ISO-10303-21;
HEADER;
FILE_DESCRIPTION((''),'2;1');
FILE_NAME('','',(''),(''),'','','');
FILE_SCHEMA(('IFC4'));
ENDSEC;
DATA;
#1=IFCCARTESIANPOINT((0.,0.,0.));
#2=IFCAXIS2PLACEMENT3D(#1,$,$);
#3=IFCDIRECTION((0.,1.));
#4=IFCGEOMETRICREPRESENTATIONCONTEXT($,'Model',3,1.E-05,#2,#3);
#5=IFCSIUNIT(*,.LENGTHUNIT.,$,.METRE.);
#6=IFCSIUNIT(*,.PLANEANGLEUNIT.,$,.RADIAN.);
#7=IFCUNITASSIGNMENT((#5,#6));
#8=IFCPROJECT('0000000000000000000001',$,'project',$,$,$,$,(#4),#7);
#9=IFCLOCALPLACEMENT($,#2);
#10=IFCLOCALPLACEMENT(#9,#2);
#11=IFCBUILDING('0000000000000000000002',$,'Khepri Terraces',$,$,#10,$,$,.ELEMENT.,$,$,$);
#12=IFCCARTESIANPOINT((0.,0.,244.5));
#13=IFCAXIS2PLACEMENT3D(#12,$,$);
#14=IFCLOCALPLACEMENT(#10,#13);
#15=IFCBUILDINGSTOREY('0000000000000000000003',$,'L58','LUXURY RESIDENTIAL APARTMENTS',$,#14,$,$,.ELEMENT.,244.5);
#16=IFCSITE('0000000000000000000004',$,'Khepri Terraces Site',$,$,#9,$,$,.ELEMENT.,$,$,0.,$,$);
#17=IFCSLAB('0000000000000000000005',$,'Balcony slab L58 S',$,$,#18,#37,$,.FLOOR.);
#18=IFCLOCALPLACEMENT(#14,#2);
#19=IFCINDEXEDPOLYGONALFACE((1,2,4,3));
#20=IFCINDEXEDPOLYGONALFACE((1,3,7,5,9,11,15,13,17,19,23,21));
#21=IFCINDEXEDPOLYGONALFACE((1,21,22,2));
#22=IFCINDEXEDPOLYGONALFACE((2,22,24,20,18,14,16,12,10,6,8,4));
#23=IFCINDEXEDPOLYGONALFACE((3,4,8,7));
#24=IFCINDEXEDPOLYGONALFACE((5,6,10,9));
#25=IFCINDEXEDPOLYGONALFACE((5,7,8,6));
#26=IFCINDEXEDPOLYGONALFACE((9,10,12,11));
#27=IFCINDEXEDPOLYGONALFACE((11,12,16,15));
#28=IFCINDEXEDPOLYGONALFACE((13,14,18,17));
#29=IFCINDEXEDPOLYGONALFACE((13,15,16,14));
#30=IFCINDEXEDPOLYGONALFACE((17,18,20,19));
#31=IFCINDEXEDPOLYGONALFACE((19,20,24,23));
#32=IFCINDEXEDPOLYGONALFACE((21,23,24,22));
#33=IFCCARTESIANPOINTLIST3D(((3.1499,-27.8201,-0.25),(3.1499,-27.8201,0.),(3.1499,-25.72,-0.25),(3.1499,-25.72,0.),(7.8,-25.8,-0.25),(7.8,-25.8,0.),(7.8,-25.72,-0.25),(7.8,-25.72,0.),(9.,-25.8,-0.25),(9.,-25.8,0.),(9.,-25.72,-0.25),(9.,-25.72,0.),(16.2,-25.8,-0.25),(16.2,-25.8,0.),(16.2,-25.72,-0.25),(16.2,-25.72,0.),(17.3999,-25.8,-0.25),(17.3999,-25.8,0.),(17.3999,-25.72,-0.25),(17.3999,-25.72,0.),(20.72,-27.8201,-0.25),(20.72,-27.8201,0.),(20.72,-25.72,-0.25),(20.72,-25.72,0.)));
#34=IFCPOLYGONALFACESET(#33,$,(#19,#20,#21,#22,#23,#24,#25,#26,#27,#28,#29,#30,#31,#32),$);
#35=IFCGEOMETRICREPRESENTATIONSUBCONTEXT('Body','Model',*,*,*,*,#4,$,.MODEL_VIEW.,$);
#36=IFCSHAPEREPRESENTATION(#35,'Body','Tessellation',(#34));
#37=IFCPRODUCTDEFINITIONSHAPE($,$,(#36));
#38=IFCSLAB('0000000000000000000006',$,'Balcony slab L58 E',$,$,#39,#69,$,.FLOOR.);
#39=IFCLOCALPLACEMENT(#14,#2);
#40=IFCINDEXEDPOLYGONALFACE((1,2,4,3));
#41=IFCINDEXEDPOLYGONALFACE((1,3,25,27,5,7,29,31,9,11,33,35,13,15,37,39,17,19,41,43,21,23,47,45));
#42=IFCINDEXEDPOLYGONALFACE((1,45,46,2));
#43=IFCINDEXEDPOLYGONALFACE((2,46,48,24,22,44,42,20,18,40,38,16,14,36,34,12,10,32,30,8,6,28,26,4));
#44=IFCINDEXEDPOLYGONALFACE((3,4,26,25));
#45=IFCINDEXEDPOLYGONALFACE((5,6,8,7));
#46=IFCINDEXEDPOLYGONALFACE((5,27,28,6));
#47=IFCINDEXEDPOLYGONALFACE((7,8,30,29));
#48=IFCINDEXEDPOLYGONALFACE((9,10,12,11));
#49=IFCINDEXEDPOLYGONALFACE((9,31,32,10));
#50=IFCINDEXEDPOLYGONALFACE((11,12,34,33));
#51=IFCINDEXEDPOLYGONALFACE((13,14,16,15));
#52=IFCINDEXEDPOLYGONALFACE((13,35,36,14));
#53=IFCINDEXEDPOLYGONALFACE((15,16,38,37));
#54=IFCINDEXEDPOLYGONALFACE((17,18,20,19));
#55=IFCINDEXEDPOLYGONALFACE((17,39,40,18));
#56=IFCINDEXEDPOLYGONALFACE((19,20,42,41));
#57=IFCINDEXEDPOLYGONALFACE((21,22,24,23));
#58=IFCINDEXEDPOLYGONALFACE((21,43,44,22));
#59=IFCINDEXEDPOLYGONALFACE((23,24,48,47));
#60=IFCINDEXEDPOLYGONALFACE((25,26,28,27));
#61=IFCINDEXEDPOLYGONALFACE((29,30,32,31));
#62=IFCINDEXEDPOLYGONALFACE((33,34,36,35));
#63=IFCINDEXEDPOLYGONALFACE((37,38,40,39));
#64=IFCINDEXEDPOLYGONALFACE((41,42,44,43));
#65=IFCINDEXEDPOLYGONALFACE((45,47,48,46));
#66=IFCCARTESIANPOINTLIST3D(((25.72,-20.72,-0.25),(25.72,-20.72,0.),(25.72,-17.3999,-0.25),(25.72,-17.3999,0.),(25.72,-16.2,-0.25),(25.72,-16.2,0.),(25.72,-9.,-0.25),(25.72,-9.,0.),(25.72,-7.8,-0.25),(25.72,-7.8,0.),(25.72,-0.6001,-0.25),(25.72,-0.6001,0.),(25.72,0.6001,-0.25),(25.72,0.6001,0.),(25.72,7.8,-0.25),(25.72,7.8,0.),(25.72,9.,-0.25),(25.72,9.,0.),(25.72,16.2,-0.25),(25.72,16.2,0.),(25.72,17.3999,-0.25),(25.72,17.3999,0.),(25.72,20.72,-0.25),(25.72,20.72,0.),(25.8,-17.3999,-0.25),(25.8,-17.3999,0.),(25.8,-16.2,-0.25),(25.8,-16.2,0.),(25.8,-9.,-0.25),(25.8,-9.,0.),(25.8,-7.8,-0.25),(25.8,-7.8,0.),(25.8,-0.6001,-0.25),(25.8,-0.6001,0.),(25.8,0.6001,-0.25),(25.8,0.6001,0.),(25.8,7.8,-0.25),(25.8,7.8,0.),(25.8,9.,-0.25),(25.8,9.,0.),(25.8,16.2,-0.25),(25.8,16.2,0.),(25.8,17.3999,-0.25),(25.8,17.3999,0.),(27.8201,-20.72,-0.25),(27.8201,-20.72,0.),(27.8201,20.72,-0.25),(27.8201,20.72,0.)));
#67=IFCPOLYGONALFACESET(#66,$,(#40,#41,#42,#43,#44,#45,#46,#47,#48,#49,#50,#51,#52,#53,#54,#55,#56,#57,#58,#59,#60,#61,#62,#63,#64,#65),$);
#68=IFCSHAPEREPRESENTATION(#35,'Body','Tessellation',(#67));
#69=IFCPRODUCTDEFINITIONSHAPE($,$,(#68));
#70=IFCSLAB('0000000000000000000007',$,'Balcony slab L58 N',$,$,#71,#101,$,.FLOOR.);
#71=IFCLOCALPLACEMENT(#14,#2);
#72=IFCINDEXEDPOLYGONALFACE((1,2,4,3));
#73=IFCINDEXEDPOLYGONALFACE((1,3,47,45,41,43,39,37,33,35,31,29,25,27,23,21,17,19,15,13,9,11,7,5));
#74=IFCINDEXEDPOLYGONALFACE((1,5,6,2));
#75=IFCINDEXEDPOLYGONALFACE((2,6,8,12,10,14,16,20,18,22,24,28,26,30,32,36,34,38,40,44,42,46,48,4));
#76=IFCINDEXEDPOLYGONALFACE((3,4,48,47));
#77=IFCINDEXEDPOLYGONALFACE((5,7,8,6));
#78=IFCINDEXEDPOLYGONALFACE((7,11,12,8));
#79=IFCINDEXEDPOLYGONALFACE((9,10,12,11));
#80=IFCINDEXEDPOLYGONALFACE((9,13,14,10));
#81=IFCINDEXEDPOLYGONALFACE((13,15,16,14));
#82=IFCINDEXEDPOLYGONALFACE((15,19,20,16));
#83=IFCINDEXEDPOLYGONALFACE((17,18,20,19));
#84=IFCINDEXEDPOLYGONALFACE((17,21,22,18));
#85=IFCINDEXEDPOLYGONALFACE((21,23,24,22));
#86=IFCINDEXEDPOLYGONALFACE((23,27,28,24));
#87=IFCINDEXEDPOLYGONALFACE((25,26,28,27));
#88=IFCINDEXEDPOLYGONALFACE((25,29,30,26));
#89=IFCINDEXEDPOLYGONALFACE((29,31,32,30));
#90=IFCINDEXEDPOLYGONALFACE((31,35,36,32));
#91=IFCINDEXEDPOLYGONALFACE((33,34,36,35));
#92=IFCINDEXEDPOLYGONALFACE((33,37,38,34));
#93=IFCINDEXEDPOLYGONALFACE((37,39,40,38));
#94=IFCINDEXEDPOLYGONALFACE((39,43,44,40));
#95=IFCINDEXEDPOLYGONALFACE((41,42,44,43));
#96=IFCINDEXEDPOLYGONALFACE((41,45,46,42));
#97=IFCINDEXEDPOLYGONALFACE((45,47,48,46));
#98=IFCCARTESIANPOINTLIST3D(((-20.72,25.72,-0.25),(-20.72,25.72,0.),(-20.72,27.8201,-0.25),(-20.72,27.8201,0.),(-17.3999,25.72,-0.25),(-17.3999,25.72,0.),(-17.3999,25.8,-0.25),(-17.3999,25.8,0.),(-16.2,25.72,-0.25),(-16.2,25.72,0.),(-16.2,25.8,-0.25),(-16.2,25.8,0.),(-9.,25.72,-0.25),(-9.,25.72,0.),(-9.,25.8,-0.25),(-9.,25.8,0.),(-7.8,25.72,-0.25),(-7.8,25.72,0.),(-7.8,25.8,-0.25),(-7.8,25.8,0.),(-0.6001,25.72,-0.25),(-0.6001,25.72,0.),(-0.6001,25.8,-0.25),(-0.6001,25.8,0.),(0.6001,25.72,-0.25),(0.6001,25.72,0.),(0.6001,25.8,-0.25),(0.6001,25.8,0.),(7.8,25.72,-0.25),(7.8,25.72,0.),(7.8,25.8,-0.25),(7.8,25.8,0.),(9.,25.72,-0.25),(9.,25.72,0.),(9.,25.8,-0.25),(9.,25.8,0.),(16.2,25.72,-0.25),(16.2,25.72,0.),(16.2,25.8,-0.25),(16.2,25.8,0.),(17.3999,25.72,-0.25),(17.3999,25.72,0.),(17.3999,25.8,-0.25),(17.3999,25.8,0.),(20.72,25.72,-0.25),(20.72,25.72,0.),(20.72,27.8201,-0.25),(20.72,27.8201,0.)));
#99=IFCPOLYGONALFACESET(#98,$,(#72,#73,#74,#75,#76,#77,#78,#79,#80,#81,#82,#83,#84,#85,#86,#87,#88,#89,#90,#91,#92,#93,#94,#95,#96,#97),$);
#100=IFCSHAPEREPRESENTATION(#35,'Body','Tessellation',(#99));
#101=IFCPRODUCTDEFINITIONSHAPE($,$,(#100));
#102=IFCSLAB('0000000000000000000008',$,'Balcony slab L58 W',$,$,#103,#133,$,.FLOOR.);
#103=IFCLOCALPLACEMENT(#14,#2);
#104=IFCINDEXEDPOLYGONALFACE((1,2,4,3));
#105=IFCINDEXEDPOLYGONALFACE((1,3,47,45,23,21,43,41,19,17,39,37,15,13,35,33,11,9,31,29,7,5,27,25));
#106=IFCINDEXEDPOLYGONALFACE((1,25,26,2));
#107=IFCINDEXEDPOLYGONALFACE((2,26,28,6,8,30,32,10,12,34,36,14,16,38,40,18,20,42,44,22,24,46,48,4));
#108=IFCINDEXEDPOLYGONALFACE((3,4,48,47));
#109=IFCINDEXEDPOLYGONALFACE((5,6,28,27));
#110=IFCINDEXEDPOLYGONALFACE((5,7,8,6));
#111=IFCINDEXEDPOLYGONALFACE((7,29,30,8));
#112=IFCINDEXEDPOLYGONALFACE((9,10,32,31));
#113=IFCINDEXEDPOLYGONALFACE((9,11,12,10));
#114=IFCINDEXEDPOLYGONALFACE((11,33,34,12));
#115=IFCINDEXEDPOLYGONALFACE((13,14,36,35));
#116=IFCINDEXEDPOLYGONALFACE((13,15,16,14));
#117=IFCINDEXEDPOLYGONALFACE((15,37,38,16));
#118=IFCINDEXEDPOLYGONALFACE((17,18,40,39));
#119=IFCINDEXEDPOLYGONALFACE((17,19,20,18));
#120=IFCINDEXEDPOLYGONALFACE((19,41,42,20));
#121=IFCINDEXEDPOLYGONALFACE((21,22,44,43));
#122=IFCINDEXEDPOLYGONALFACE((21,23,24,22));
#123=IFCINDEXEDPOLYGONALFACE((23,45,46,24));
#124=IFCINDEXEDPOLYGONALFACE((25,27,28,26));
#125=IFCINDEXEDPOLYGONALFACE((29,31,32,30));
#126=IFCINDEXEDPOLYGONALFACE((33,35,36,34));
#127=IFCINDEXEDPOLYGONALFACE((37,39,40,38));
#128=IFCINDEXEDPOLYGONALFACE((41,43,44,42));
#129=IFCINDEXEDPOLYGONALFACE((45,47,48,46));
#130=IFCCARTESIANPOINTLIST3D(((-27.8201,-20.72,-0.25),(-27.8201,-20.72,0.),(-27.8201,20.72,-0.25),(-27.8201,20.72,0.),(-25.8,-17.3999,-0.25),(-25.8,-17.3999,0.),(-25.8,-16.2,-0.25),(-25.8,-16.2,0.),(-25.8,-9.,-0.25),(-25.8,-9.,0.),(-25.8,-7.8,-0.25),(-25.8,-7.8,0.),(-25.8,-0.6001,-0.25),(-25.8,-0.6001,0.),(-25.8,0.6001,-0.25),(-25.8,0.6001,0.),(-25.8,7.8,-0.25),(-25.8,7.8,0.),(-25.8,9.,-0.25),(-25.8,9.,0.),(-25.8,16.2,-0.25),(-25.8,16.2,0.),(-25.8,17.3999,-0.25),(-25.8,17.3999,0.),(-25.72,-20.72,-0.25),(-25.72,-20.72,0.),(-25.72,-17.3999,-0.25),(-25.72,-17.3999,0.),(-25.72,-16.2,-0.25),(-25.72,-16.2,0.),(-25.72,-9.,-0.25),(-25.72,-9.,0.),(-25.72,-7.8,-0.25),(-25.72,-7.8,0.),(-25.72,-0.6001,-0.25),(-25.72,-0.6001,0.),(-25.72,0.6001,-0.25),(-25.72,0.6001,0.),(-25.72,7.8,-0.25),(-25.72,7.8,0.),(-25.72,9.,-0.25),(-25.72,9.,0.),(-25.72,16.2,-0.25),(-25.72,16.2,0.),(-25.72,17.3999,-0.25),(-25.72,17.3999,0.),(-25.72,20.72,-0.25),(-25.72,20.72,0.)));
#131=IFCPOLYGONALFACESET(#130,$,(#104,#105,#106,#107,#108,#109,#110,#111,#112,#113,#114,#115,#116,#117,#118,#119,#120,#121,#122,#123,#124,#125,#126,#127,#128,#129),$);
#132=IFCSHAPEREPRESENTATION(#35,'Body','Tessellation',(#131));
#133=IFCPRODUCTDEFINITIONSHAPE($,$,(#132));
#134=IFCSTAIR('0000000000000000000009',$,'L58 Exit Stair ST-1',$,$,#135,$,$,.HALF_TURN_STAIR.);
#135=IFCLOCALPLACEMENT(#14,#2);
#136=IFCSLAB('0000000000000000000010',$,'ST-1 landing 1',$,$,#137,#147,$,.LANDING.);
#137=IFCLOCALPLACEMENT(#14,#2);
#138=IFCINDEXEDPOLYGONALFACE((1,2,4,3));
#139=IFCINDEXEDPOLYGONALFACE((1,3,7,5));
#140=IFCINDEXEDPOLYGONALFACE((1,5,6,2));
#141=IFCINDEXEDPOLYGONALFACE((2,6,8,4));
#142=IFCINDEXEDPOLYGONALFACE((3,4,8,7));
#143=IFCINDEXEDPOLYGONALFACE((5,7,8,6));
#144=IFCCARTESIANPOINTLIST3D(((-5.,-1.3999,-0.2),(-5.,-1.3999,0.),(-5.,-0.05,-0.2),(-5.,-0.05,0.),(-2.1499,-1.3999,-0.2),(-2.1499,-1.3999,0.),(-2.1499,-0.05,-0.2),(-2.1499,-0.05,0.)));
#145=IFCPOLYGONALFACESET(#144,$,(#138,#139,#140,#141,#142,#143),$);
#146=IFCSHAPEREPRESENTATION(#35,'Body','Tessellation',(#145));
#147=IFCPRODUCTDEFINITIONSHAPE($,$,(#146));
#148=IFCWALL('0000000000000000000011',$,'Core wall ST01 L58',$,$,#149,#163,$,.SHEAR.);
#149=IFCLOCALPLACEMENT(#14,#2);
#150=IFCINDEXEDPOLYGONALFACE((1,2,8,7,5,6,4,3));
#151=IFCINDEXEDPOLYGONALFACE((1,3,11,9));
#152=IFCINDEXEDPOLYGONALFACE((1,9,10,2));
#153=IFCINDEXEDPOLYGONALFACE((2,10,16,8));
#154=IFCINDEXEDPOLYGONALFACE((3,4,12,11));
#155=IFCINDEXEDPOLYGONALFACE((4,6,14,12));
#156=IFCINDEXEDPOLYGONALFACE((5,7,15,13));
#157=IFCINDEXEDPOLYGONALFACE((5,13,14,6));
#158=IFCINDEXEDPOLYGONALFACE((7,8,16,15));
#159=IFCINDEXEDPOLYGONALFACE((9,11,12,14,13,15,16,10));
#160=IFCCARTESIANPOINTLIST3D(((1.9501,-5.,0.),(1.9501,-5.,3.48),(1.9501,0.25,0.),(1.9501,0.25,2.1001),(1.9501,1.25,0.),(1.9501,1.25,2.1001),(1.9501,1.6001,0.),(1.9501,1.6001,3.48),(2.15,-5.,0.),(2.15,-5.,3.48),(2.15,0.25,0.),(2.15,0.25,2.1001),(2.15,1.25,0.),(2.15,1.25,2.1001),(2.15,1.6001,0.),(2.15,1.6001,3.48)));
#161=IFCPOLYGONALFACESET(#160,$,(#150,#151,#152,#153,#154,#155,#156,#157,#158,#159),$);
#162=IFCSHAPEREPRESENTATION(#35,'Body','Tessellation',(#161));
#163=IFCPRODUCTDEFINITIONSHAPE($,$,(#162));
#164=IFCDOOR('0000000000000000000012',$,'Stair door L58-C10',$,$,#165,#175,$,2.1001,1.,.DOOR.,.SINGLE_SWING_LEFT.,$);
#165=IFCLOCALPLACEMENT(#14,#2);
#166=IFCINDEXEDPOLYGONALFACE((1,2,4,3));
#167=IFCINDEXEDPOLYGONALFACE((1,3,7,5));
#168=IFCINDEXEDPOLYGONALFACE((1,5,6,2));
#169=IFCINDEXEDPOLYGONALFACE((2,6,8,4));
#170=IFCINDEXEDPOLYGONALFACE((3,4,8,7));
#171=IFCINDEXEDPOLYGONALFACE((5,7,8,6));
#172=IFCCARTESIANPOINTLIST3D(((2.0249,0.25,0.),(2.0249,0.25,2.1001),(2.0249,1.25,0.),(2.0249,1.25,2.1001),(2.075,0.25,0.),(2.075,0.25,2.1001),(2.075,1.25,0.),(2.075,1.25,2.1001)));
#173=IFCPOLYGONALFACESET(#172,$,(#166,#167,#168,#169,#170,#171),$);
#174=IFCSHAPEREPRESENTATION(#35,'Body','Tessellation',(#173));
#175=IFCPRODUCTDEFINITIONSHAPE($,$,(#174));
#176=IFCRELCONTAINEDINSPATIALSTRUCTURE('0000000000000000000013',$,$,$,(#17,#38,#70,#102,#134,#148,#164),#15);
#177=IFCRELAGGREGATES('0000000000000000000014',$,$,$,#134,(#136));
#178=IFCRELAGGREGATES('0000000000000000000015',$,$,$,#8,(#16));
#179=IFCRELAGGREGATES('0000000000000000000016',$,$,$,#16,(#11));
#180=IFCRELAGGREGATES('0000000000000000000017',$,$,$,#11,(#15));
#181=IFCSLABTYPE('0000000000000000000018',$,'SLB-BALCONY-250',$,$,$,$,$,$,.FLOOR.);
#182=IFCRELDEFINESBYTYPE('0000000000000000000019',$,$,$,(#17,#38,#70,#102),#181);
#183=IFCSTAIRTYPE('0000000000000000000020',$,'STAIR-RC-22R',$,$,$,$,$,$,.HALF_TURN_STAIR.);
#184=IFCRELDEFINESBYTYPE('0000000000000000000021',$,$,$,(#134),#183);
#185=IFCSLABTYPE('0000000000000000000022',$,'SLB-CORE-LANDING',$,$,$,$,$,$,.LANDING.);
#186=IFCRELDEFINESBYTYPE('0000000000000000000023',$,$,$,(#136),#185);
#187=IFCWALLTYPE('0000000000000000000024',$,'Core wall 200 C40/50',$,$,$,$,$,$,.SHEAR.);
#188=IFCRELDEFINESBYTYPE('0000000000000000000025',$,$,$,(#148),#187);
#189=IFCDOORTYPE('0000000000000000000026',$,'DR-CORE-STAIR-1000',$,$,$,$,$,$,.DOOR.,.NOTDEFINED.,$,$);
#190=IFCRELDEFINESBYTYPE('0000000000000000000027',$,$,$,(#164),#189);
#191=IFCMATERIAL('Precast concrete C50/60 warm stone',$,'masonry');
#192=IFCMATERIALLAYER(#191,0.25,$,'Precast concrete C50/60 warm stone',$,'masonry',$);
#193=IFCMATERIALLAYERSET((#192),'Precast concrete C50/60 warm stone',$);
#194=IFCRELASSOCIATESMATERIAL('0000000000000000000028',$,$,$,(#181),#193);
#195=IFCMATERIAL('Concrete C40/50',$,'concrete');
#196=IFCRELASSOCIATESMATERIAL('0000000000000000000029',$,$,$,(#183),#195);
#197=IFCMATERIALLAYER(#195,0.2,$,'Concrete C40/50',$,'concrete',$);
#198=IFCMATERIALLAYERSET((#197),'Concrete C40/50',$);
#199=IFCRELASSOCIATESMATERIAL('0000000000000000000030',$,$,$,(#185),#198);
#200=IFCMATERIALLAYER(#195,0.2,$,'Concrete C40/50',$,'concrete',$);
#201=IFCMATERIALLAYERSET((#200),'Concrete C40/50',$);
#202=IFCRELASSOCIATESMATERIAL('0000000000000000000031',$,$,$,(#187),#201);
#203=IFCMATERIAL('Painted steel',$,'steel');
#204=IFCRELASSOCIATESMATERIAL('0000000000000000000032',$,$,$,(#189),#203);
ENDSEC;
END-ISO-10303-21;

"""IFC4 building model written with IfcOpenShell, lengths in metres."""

from ifc_helpers import new_model, si_unit, direction, frame, frame_2d, origin, place, context, subcontext, project, spatial, polyline, rectangle, outline, extrude, material, layer, layer_set, type_object, element, fill, aggregate, save


model = new_model("IFC4")

# Units and contexts
model_context = context("Model", 3, precision=1e-05, world=origin(), true_north=direction((0.0, 1.0)))
body_context = subcontext(model_context, "Body", "Model", "MODEL_VIEW")
ifc_project = project(units=[si_unit("LENGTHUNIT", "METRE"), si_unit("PLANEANGLEUNIT", "RADIAN")], contexts=[model_context])

# Site, building, storey
site_placement = place(None, origin())
site = spatial("IfcSite", under=ifc_project, at=site_placement, Name="Khepri Terraces Site", CompositionType="ELEMENT", RefElevation=0.0)
building_placement = place(site_placement, origin())
building = spatial("IfcBuilding", under=site, at=building_placement, Name="Khepri Terraces", CompositionType="ELEMENT")
storey_placement = place(building_placement, frame((0.0, 0.0, 244.5)))
storey = spatial("IfcBuildingStorey", under=building, at=storey_placement, Name="L58", Description="LUXURY RESIDENTIAL APARTMENTS", CompositionType="ELEMENT", Elevation=244.5)

# Slabs
ifc_material_1 = material(Name="Precast concrete C50/60 warm stone", Category="masonry")
ifc_layer_1 = layer(ifc_material_1, 0.25, Name="Precast concrete C50/60 warm stone", Category="masonry")
ifc_layer_set_1 = layer_set([ifc_layer_1], Name="Precast concrete C50/60 warm stone")
slab_type_1 = type_object("IfcSlabType", Name="SLB-BALCONY-250", PredefinedType="FLOOR", material=ifc_layer_set_1)
slab_1_placement = place(storey_placement, frame((0.0, 0.0, -0.25)))
element("IfcSlab", 1, at=slab_1_placement, inside=storey, type_object=slab_type_1, Name="Balcony slab L58 S", PredefinedType="FLOOR", context=body_context, shape_type="SweptSolid", body=[
    extrude(outline(polyline([(7.8, -25.72), (3.1499, -25.72), (3.1499, -27.8201), (20.72, -27.8201), (20.72, -25.72), (17.3999, -25.72), (17.3999, -25.8), (16.2, -25.8), (16.2, -25.72), (9.0, -25.72), (9.0, -25.8), (7.8, -25.8), (7.8, -25.72)])), origin(), (0.0, 0.0, 1.0), 0.25),
])
slab_2_placement = place(storey_placement, frame((0.0, 0.0, -0.25)))
element("IfcSlab", 2, at=slab_2_placement, inside=storey, type_object=slab_type_1, Name="Balcony slab L58 E", PredefinedType="FLOOR", context=body_context, shape_type="SweptSolid", body=[
    extrude(outline(polyline([(25.72, -17.3999), (25.72, -20.72), (27.8201, -20.72), (27.8201, 20.72), (25.72, 20.72), (25.72, 17.3999), (25.8, 17.3999), (25.8, 16.2), (25.72, 16.2), (25.72, 9.0), (25.8, 9.0), (25.8, 7.8), (25.72, 7.8), (25.72, 0.6001), (25.8, 0.6001), (25.8, -0.6001), (25.72, -0.6001), (25.72, -7.8), (25.8, -7.8), (25.8, -9.0), (25.72, -9.0), (25.72, -16.2), (25.8, -16.2), (25.8, -17.3999), (25.72, -17.3999)])), origin(), (0.0, 0.0, 1.0), 0.25),
])
slab_3_placement = place(storey_placement, frame((0.0, 0.0, -0.25)))
element("IfcSlab", 3, at=slab_3_placement, inside=storey, type_object=slab_type_1, Name="Balcony slab L58 N", PredefinedType="FLOOR", context=body_context, shape_type="SweptSolid", body=[
    extrude(outline(polyline([(17.3999, 25.72), (20.72, 25.72), (20.72, 27.8201), (-20.72, 27.8201), (-20.72, 25.72), (-17.3999, 25.72), (-17.3999, 25.8), (-16.2, 25.8), (-16.2, 25.72), (-9.0, 25.72), (-9.0, 25.8), (-7.8, 25.8), (-7.8, 25.72), (-0.6001, 25.72), (-0.6001, 25.8), (0.6001, 25.8), (0.6001, 25.72), (7.8, 25.72), (7.8, 25.8), (9.0, 25.8), (9.0, 25.72), (16.2, 25.72), (16.2, 25.8), (17.3999, 25.8), (17.3999, 25.72)])), origin(), (0.0, 0.0, 1.0), 0.25),
])
slab_4_placement = place(storey_placement, frame((0.0, 0.0, -0.25)))
element("IfcSlab", 4, at=slab_4_placement, inside=storey, type_object=slab_type_1, Name="Balcony slab L58 W", PredefinedType="FLOOR", context=body_context, shape_type="SweptSolid", body=[
    extrude(outline(polyline([(-25.72, 17.3999), (-25.72, 20.72), (-27.8201, 20.72), (-27.8201, -20.72), (-25.72, -20.72), (-25.72, -17.3999), (-25.8, -17.3999), (-25.8, -16.2), (-25.72, -16.2), (-25.72, -9.0), (-25.8, -9.0), (-25.8, -7.8), (-25.72, -7.8), (-25.72, -0.6001), (-25.8, -0.6001), (-25.8, 0.6001), (-25.72, 0.6001), (-25.72, 7.8), (-25.8, 7.8), (-25.8, 9.0), (-25.72, 9.0), (-25.72, 16.2), (-25.8, 16.2), (-25.8, 17.3999), (-25.72, 17.3999)])), origin(), (0.0, 0.0, 1.0), 0.25),
])

# Stair, slab
ifc_material_2 = material(Name="Concrete C40/50", Category="concrete")
stair_type = type_object("IfcStairType", Name="STAIR-RC-22R", PredefinedType="HALF_TURN_STAIR", material=ifc_material_2)
stair_1_placement = place(storey_placement, origin())
stair_1 = element("IfcStair", 5, at=stair_1_placement, inside=storey, type_object=stair_type, Name="L58 Exit Stair ST-1", PredefinedType="HALF_TURN_STAIR")
ifc_layer_2 = layer(ifc_material_2, 0.2, Name="Concrete C40/50", Category="concrete")
ifc_layer_set_2 = layer_set([ifc_layer_2], Name="Concrete C40/50")
slab_type_2 = type_object("IfcSlabType", Name="SLB-CORE-LANDING", PredefinedType="LANDING", material=ifc_layer_set_2)
slab_5_placement = place(storey_placement, frame((0.0, 0.0, -0.2)))
slab_5 = element("IfcSlab", 6, at=slab_5_placement, type_object=slab_type_2, Name="ST-1 landing 1", PredefinedType="LANDING", context=body_context, shape_type="SweptSolid", body=[
    extrude(outline(polyline([(-2.1499, -1.3999), (-2.1499, -0.05), (-5.0, -0.05), (-5.0, -1.3999), (-2.1499, -1.3999)])), origin(), (0.0, 0.0, 1.0), 0.2),
])
aggregate(stair_1, [slab_5])

# Wall, opening, door
ifc_layer_3 = layer(ifc_material_2, 0.2, Name="Concrete C40/50", Category="concrete")
ifc_layer_set_3 = layer_set([ifc_layer_3], Name="Concrete C40/50")
wall_type_1 = type_object("IfcWallType", Name="Core wall 200 C40/50", PredefinedType="SHEAR", material=ifc_layer_set_3)
wall_1_placement = place(storey_placement, frame((2.05, -5.0, 0.0), z_axis=(0.0, 0.0, 1.0), x_axis=(0.0, 1.0, 0.0)))
wall_1 = element("IfcWall", 7, at=wall_1_placement, inside=storey, type_object=wall_type_1, Name="Core wall ST01 L58", PredefinedType="SHEAR", context=body_context, shape_type="SweptSolid", body=[
    extrude(rectangle(XDim=6.6001, YDim=0.2, at=frame_2d((3.3, 0.0))), origin(), (0.0, 0.0, 1.0), 3.48),
])
opening_1_placement = place(wall_1_placement, frame((5.25, 0.0, 0.0)))
opening_1 = element("IfcOpeningElement", 8, at=opening_1_placement, cuts=wall_1, PredefinedType="OPENING", context=body_context, shape_type="SweptSolid", body=[
    extrude(rectangle(XDim=1.0, YDim=2.1001, at=frame_2d((0.5, 1.05))), frame((0.0, 0.1099, 0.0), z_axis=(0.0, -1.0, 0.0), x_axis=(1.0, 0.0, 0.0)), (0.0, 0.0, 1.0), 0.22),
])
ifc_material_3 = material(Name="Painted steel", Category="steel")
door_type_1 = type_object("IfcDoorType", Name="DR-CORE-STAIR-1000", OperationType="NOTDEFINED", PredefinedType="DOOR", material=ifc_material_3)
door_1_placement = place(opening_1_placement, frame((1.0, 0.0, 0.0), z_axis=(0.0, 0.0, 1.0), x_axis=(-1.0, 0.0, 0.0)))
door_1 = element("IfcDoor", 9, at=door_1_placement, inside=storey, type_object=door_type_1, Name="Stair door L58-C10", OperationType="SINGLE_SWING_LEFT", OverallHeight=2.1001, OverallWidth=1.0, PredefinedType="DOOR", context=body_context, shape_type="SweptSolid", body=[
    extrude(rectangle(XDim=1.0, YDim=2.1001, at=frame_2d((0.5, 1.05))), frame((0.0, 0.0249, 0.0), z_axis=(0.0, -1.0, 0.0), x_axis=(1.0, 0.0, 0.0)), (0.0, 0.0, 1.0), 0.05),
])
fill(opening_1, door_1)

save(model, "model.ifc")
